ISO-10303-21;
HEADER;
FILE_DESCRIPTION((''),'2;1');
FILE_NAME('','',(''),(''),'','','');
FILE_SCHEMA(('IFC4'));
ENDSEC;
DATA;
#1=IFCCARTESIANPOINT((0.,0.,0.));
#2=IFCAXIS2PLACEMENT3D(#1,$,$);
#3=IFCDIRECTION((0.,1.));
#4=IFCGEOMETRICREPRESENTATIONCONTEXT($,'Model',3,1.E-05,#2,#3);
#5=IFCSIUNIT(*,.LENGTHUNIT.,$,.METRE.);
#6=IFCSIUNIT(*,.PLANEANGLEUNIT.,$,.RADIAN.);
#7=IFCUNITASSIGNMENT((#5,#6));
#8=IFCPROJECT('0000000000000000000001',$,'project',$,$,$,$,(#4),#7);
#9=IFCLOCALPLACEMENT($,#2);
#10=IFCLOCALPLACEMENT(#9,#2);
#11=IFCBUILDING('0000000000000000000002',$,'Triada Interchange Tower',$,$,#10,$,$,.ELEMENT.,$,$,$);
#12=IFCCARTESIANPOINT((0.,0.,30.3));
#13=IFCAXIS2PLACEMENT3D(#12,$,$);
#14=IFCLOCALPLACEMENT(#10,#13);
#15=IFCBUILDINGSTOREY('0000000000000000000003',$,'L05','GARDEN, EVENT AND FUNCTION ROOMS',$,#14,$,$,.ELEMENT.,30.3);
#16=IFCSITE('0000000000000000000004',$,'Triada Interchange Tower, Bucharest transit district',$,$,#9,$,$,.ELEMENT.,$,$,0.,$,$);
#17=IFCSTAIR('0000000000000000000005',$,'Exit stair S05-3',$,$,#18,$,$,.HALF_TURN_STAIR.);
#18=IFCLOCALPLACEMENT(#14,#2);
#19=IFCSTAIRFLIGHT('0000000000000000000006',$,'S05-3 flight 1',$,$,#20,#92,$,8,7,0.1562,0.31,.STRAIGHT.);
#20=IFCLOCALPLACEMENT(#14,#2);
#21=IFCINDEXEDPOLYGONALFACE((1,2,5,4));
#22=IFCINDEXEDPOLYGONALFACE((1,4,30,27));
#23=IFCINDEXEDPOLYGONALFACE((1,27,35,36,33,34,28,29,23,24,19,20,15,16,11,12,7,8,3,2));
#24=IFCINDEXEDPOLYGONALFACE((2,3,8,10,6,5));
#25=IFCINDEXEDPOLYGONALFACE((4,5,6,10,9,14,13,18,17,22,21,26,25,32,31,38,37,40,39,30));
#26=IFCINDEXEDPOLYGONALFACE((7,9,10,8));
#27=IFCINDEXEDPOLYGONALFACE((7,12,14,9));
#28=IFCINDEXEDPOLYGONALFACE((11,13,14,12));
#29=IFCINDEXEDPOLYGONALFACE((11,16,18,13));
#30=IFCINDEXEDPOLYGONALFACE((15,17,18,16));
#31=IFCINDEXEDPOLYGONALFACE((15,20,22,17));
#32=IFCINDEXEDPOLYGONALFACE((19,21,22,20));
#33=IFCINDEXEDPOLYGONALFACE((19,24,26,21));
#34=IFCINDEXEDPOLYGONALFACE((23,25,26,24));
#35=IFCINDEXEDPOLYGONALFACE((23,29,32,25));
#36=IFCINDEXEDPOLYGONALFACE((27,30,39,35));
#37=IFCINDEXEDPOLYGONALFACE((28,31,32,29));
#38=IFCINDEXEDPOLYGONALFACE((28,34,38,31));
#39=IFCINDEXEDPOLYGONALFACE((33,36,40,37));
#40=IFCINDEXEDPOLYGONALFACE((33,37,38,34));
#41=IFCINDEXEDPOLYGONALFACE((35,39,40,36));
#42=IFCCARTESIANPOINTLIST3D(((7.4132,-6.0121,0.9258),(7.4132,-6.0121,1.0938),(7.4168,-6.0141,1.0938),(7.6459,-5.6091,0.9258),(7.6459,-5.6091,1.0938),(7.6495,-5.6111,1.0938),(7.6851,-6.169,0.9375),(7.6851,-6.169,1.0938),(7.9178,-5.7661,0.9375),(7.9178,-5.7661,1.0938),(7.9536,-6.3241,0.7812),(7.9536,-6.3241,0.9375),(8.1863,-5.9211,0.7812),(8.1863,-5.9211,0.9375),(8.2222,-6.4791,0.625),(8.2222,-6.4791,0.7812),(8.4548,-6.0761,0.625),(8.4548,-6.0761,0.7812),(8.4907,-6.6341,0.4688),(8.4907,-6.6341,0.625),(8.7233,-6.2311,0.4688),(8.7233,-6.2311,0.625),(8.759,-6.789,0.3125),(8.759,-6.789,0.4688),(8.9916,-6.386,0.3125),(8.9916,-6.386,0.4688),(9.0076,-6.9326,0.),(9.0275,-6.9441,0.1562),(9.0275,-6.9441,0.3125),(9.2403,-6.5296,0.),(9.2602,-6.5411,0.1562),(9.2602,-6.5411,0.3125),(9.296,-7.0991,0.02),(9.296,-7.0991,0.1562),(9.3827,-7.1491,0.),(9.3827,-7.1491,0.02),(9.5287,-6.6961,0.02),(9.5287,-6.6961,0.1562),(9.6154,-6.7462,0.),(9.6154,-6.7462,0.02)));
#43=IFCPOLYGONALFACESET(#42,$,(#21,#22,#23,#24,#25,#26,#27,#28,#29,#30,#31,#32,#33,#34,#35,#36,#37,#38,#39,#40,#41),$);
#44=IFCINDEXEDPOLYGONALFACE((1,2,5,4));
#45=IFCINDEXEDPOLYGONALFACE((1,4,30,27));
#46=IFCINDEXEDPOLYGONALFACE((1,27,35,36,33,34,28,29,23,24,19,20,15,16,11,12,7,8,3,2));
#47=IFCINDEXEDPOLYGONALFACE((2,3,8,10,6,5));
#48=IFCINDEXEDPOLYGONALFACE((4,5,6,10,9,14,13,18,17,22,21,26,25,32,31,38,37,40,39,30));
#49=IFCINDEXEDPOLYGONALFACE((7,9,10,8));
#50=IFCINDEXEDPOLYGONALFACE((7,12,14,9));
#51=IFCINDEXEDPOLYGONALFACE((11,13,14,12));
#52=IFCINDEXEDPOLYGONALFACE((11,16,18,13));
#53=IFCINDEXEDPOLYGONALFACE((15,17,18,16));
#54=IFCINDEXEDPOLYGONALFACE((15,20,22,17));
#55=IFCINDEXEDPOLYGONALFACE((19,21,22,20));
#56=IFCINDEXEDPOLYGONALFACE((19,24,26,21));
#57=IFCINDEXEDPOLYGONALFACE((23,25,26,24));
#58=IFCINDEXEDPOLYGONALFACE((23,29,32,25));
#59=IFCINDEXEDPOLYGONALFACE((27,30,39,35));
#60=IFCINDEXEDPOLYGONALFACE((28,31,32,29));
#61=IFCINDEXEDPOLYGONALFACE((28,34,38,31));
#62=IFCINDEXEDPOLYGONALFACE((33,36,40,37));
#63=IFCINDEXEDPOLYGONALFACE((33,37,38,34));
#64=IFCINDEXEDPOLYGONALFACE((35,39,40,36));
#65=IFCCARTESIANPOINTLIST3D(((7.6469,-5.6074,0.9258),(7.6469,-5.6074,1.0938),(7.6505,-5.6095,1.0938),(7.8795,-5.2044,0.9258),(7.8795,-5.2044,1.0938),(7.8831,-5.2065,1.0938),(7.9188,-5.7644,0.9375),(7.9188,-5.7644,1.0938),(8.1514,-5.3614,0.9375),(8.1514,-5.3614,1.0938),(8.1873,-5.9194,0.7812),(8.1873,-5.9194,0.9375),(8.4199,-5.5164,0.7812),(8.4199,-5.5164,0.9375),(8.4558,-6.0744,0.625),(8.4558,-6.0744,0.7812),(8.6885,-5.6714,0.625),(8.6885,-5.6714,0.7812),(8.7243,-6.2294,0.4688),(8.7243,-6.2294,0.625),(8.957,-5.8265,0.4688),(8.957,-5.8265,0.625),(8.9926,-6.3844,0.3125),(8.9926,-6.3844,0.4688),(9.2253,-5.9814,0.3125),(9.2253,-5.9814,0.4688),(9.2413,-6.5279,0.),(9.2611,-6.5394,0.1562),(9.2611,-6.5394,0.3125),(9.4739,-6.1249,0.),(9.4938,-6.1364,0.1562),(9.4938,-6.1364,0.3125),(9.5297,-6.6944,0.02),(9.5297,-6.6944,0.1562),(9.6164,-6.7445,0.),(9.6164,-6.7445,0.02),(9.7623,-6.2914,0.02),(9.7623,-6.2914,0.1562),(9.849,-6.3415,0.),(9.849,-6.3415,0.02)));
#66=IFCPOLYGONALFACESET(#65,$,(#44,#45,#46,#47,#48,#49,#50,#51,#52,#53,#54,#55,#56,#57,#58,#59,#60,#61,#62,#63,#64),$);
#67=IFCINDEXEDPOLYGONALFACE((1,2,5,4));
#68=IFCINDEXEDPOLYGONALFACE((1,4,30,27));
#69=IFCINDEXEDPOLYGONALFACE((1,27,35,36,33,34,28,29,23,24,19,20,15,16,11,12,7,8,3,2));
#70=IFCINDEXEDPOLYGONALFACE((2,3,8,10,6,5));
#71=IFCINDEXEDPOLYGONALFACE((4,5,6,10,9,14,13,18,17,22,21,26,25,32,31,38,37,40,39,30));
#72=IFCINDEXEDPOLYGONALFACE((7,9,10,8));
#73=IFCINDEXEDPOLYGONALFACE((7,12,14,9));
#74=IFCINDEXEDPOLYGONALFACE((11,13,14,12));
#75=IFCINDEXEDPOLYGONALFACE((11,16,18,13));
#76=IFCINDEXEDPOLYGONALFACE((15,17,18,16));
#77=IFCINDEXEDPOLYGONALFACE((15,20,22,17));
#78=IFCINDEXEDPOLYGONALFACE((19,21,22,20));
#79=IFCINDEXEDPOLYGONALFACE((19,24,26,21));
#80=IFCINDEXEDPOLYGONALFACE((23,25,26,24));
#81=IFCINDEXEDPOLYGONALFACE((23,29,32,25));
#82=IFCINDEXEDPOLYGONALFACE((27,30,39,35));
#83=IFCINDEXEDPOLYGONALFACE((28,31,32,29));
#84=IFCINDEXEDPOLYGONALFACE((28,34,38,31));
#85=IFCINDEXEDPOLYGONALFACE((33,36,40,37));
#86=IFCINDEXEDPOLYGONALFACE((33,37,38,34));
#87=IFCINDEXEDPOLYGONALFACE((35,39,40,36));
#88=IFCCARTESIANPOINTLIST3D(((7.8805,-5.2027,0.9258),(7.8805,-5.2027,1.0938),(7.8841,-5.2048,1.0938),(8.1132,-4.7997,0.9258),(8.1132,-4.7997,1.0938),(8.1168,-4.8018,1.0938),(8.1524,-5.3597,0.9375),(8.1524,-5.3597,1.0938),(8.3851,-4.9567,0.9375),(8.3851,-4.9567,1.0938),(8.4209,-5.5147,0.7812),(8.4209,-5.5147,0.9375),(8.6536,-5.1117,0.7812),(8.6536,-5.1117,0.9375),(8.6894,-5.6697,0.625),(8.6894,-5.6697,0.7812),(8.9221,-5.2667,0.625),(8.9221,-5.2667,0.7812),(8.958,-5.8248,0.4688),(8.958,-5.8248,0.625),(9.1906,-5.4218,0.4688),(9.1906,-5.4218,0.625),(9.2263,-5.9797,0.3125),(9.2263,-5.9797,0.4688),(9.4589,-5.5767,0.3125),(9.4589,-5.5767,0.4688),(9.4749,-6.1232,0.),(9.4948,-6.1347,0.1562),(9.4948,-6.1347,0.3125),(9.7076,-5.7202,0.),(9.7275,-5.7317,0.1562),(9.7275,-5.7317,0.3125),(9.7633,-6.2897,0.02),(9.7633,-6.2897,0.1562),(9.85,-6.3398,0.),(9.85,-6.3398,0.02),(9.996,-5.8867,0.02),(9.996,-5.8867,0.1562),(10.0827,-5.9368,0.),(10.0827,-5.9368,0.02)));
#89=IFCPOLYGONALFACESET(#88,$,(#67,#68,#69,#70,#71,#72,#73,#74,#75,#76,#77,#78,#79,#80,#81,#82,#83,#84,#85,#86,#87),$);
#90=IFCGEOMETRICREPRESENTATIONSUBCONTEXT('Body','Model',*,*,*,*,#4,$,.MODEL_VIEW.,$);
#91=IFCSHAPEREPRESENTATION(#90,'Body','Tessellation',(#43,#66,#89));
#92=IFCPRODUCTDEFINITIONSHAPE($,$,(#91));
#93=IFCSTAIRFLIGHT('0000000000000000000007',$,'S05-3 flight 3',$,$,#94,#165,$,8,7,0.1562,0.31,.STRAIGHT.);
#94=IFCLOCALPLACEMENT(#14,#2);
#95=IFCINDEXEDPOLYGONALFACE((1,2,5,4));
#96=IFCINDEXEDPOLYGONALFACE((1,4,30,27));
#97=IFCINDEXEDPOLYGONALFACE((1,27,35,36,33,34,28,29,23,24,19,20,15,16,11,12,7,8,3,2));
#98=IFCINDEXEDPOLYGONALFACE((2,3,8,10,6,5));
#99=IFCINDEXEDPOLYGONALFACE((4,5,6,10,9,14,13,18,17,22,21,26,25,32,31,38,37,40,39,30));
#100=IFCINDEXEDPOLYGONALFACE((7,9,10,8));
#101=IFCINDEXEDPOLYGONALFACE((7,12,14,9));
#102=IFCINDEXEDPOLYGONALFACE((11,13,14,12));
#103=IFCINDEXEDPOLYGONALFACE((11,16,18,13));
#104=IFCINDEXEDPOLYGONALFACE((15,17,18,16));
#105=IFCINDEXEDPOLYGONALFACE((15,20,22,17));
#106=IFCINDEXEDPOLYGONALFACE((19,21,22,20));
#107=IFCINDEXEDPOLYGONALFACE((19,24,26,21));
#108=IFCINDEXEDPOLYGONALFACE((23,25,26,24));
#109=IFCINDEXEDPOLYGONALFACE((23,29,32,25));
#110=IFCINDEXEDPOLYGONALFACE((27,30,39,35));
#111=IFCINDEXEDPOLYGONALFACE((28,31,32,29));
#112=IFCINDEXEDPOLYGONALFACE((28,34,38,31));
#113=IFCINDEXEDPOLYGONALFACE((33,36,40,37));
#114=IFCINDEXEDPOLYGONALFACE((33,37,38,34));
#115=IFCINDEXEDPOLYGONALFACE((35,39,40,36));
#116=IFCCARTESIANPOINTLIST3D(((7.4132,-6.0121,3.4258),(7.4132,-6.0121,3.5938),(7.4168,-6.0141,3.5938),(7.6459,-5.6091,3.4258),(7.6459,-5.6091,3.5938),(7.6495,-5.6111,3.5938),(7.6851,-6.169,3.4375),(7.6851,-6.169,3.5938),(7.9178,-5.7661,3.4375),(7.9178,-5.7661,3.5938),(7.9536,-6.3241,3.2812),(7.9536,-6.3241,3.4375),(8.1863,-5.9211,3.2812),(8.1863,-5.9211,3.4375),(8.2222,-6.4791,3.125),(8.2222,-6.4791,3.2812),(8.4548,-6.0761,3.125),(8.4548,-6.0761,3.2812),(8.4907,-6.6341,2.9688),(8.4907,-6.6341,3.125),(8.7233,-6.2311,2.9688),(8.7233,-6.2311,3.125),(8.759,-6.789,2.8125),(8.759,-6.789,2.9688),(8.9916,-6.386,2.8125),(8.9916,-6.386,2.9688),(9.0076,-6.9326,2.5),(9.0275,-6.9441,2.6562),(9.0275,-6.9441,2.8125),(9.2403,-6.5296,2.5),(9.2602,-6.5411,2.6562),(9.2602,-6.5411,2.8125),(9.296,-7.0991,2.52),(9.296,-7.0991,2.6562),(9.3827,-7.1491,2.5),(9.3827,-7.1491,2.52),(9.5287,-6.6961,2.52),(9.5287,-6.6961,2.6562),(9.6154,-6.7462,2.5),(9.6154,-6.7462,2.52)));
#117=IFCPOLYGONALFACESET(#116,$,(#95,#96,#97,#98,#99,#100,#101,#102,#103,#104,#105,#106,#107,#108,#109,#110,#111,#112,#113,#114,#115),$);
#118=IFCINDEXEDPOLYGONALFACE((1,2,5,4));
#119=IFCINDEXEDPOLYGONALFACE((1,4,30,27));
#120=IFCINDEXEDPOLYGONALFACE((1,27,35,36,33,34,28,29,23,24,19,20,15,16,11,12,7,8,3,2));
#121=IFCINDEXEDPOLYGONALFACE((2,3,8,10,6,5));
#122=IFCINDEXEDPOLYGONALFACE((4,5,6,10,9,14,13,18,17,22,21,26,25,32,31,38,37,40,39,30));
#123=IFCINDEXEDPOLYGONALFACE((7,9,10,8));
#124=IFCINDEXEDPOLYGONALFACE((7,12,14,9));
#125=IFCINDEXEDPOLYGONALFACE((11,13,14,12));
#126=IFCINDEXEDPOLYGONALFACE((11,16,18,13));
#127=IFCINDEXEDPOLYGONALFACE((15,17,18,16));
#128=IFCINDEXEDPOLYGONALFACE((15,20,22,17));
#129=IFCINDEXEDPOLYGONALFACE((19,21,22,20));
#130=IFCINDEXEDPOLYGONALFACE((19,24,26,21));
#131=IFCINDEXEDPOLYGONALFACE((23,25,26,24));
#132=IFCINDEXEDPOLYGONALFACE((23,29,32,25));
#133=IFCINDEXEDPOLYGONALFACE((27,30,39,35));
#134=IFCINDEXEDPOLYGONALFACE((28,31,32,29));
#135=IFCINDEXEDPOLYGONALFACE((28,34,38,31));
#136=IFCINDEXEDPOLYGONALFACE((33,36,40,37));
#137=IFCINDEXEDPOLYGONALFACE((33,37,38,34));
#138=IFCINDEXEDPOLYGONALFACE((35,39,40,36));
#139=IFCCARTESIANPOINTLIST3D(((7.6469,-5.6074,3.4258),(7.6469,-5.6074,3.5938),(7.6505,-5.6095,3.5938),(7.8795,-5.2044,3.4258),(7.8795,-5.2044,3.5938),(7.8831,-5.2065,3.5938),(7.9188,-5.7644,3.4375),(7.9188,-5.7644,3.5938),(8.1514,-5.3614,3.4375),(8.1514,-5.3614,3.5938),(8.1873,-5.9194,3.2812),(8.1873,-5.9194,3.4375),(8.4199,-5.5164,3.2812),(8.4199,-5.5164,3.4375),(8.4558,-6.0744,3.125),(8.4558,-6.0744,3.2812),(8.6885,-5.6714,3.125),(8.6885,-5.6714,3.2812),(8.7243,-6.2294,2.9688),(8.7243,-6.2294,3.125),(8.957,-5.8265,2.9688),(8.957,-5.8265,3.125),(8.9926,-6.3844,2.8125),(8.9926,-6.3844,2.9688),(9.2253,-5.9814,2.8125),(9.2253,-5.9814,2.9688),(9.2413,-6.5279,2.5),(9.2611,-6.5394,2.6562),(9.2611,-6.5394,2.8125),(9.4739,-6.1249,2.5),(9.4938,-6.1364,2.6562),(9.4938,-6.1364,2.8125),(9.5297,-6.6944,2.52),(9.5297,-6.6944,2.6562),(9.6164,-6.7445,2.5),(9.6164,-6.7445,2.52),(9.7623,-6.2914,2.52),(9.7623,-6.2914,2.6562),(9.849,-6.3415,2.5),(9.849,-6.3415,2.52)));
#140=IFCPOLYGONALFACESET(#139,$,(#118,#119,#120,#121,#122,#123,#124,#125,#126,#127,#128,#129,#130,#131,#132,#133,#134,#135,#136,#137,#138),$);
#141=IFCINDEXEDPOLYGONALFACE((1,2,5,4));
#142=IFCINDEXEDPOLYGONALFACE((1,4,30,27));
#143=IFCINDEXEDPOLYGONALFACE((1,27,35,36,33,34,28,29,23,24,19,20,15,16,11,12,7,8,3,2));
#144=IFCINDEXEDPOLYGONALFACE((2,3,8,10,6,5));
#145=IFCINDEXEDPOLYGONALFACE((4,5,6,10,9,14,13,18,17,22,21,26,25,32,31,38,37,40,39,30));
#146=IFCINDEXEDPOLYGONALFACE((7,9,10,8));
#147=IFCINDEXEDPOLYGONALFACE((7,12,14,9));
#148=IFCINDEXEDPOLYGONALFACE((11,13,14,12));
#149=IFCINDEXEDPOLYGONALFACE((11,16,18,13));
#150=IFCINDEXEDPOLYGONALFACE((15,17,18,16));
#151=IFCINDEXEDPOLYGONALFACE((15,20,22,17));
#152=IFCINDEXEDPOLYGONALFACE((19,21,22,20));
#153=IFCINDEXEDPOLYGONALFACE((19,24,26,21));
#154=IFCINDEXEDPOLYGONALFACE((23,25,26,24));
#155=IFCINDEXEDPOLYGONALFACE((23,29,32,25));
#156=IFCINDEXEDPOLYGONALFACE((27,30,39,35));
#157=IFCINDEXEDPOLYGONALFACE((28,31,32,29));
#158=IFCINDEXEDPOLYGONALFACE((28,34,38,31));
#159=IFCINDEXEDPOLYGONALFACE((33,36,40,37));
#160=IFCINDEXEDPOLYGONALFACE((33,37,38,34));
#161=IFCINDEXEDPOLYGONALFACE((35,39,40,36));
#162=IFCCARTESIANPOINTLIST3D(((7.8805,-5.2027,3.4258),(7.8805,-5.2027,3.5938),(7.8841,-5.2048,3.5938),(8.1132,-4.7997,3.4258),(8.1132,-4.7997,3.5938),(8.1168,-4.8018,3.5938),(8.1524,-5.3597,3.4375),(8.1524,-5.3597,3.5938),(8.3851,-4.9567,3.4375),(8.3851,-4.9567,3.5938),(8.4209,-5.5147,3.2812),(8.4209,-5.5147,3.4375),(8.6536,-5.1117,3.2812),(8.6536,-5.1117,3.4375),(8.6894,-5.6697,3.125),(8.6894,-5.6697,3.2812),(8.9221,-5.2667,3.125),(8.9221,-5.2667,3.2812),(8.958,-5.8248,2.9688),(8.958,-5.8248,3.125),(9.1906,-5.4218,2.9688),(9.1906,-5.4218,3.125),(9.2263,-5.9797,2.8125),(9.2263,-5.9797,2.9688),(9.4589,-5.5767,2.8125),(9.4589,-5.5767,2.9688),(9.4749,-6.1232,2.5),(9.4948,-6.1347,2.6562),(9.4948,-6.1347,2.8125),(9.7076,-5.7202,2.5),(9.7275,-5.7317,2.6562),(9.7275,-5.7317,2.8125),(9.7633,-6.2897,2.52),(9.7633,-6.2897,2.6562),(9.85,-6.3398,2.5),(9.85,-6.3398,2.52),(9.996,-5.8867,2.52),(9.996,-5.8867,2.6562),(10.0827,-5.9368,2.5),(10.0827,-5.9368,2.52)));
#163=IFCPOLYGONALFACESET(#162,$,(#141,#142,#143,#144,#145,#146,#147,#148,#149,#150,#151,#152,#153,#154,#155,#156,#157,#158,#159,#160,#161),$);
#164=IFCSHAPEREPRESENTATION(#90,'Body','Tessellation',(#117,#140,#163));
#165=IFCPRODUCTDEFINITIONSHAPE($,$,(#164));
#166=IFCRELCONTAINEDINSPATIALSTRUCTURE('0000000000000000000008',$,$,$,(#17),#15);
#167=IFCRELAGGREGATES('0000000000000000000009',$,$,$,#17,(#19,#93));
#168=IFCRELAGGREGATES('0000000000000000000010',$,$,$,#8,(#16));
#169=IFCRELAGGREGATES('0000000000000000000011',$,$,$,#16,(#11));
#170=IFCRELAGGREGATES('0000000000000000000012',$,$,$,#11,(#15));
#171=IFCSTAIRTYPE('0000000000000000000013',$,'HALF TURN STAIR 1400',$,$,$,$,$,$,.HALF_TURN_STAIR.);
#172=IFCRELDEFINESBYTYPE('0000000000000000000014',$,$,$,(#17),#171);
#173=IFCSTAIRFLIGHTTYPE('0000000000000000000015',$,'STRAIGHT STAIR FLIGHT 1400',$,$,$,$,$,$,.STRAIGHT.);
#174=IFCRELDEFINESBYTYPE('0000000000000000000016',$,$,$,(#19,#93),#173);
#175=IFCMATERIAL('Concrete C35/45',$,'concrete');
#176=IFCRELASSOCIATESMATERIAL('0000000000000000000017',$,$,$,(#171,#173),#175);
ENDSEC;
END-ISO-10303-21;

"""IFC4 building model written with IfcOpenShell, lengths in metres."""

from ifc_helpers import new_model, si_unit, direction, frame, origin, place, context, subcontext, project, spatial, polyline, outline, extrude, material, type_object, element, aggregate, save


model = new_model("IFC4")

# Units and contexts
model_context = context("Model", 3, precision=1e-05, world=origin(), true_north=direction((0.0, 1.0)))
body_context = subcontext(model_context, "Body", "Model", "MODEL_VIEW")
ifc_project = project(units=[si_unit("LENGTHUNIT", "METRE"), si_unit("PLANEANGLEUNIT", "RADIAN")], contexts=[model_context])

# Site, building, storey
site_placement = place(None, origin())
site = spatial("IfcSite", under=ifc_project, at=site_placement, Name="Triada Interchange Tower, Bucharest transit district", CompositionType="ELEMENT", RefElevation=0.0)
building_placement = place(site_placement, origin())
building = spatial("IfcBuilding", under=site, at=building_placement, Name="Triada Interchange Tower", CompositionType="ELEMENT")
storey_placement = place(building_placement, frame((0.0, 0.0, 30.3)))
storey = spatial("IfcBuildingStorey", under=building, at=storey_placement, Name="L05", Description="GARDEN, EVENT AND FUNCTION ROOMS", CompositionType="ELEMENT", Elevation=30.3)

# Shared definitions
ifc_material_1 = material(Name="Concrete C35/45", Category="concrete")

# Stair, stair flights
stair_type = type_object("IfcStairType", Name="HALF TURN STAIR 1400", PredefinedType="HALF_TURN_STAIR", material=ifc_material_1)
stair_placement = place(storey_placement, origin())
stair = element("IfcStair", 1, at=stair_placement, inside=storey, type_object=stair_type, Name="Exit stair S05-3", PredefinedType="HALF_TURN_STAIR")
stair_flight_type = type_object("IfcStairFlightType", Name="STRAIGHT STAIR FLIGHT 1400", PredefinedType="STRAIGHT", material=ifc_material_1)
stair_flight_1_placement = place(storey_placement, frame((9.646, -6.4929, 0.0), z_axis=(0.0, 0.0, 1.0), x_axis=(-0.866025, 0.5, 0.0)))
stair_flight_1 = element("IfcStairFlight", 2, at=stair_flight_1_placement, type_object=stair_flight_type, Name="S05-3 flight 1", NumberOfRisers=8, NumberOfTreads=7, PredefinedType="STRAIGHT", RiserHeight=0.1562, TreadLength=0.31, context=body_context, shape_type="SweptSolid", body=[
    extrude(outline(polyline([(-0.1001, 0.0), (-0.1001, 0.02), (0.0, 0.02), (0.0, 0.1562), (0.3101, 0.1562), (0.3101, 0.3125), (0.6201, 0.3125), (0.6201, 0.4688), (0.9299, 0.4688), (0.9299, 0.625), (1.24, 0.625), (1.24, 0.7812), (1.55, 0.7812), (1.55, 0.9375), (1.8601, 0.9375), (1.8601, 1.0938), (2.1699, 1.0938), (2.1741, 1.0938), (2.1741, 1.25), (2.1741, 0.9258), (0.333, 0.0), (-0.1001, 0.0)])), frame((0.0, 0.7, 0.0), z_axis=(0.0, -1.0, 0.0), x_axis=(1.0, 0.0, 0.0)), (0.0, 0.0, 1.0), 0.4653),
    extrude(outline(polyline([(-0.1001, 0.0), (-0.1001, 0.02), (0.0, 0.02), (0.0, 0.1562), (0.3101, 0.1562), (0.3101, 0.3125), (0.6201, 0.3125), (0.6201, 0.4688), (0.9299, 0.4688), (0.9299, 0.625), (1.24, 0.625), (1.24, 0.7812), (1.55, 0.7812), (1.55, 0.9375), (1.8601, 0.9375), (1.8601, 1.0938), (2.1699, 1.0938), (2.1741, 1.0938), (2.1741, 1.25), (2.1741, 0.9258), (0.333, 0.0), (-0.1001, 0.0)])), frame((0.0, 0.2327, 0.0), z_axis=(0.0, -1.0, 0.0), x_axis=(1.0, 0.0, 0.0)), (0.0, 0.0, 1.0), 0.4653),
    extrude(outline(polyline([(-0.1001, 0.0), (-0.1001, 0.02), (0.0, 0.02), (0.0, 0.1562), (0.3101, 0.1562), (0.3101, 0.3125), (0.6201, 0.3125), (0.6201, 0.4688), (0.9299, 0.4688), (0.9299, 0.625), (1.24, 0.625), (1.24, 0.7812), (1.55, 0.7812), (1.55, 0.9375), (1.8601, 0.9375), (1.8601, 1.0938), (2.1699, 1.0938), (2.1741, 1.0938), (2.1741, 1.25), (2.1741, 0.9258), (0.333, 0.0), (-0.1001, 0.0)])), frame((0.0, -0.2346, 0.0), z_axis=(0.0, -1.0, 0.0), x_axis=(1.0, 0.0, 0.0)), (0.0, 0.0, 1.0), 0.4653),
])
stair_flight_2_placement = place(storey_placement, frame((9.646, -6.4929, 2.5), z_axis=(0.0, 0.0, 1.0), x_axis=(-0.866025, 0.5, 0.0)))
stair_flight_2 = element("IfcStairFlight", 3, at=stair_flight_2_placement, type_object=stair_flight_type, Name="S05-3 flight 3", NumberOfRisers=8, NumberOfTreads=7, PredefinedType="STRAIGHT", RiserHeight=0.1562, TreadLength=0.31, context=body_context, shape_type="SweptSolid", body=[
    extrude(outline(polyline([(-0.1001, 0.0), (-0.1001, 0.02), (0.0, 0.02), (0.0, 0.1562), (0.3101, 0.1562), (0.3101, 0.3125), (0.6201, 0.3125), (0.6201, 0.4688), (0.9299, 0.4688), (0.9299, 0.625), (1.24, 0.625), (1.24, 0.7812), (1.55, 0.7812), (1.55, 0.9375), (1.8601, 0.9375), (1.8601, 1.0938), (2.1699, 1.0938), (2.1741, 1.0938), (2.1741, 1.25), (2.1741, 0.9258), (0.333, 0.0), (-0.1001, 0.0)])), frame((0.0, 0.7, 0.0), z_axis=(0.0, -1.0, 0.0), x_axis=(1.0, 0.0, 0.0)), (0.0, 0.0, 1.0), 0.4653),
    extrude(outline(polyline([(-0.1001, 0.0), (-0.1001, 0.02), (0.0, 0.02), (0.0, 0.1562), (0.3101, 0.1562), (0.3101, 0.3125), (0.6201, 0.3125), (0.6201, 0.4688), (0.9299, 0.4688), (0.9299, 0.625), (1.24, 0.625), (1.24, 0.7812), (1.55, 0.7812), (1.55, 0.9375), (1.8601, 0.9375), (1.8601, 1.0938), (2.1699, 1.0938), (2.1741, 1.0938), (2.1741, 1.25), (2.1741, 0.9258), (0.333, 0.0), (-0.1001, 0.0)])), frame((0.0, 0.2327, 0.0), z_axis=(0.0, -1.0, 0.0), x_axis=(1.0, 0.0, 0.0)), (0.0, 0.0, 1.0), 0.4653),
    extrude(outline(polyline([(-0.1001, 0.0), (-0.1001, 0.02), (0.0, 0.02), (0.0, 0.1562), (0.3101, 0.1562), (0.3101, 0.3125), (0.6201, 0.3125), (0.6201, 0.4688), (0.9299, 0.4688), (0.9299, 0.625), (1.24, 0.625), (1.24, 0.7812), (1.55, 0.7812), (1.55, 0.9375), (1.8601, 0.9375), (1.8601, 1.0938), (2.1699, 1.0938), (2.1741, 1.0938), (2.1741, 1.25), (2.1741, 0.9258), (0.333, 0.0), (-0.1001, 0.0)])), frame((0.0, -0.2346, 0.0), z_axis=(0.0, -1.0, 0.0), x_axis=(1.0, 0.0, 0.0)), (0.0, 0.0, 1.0), 0.4653),
])

aggregate(stair, [stair_flight_1, stair_flight_2])

save(model, "model.ifc")
